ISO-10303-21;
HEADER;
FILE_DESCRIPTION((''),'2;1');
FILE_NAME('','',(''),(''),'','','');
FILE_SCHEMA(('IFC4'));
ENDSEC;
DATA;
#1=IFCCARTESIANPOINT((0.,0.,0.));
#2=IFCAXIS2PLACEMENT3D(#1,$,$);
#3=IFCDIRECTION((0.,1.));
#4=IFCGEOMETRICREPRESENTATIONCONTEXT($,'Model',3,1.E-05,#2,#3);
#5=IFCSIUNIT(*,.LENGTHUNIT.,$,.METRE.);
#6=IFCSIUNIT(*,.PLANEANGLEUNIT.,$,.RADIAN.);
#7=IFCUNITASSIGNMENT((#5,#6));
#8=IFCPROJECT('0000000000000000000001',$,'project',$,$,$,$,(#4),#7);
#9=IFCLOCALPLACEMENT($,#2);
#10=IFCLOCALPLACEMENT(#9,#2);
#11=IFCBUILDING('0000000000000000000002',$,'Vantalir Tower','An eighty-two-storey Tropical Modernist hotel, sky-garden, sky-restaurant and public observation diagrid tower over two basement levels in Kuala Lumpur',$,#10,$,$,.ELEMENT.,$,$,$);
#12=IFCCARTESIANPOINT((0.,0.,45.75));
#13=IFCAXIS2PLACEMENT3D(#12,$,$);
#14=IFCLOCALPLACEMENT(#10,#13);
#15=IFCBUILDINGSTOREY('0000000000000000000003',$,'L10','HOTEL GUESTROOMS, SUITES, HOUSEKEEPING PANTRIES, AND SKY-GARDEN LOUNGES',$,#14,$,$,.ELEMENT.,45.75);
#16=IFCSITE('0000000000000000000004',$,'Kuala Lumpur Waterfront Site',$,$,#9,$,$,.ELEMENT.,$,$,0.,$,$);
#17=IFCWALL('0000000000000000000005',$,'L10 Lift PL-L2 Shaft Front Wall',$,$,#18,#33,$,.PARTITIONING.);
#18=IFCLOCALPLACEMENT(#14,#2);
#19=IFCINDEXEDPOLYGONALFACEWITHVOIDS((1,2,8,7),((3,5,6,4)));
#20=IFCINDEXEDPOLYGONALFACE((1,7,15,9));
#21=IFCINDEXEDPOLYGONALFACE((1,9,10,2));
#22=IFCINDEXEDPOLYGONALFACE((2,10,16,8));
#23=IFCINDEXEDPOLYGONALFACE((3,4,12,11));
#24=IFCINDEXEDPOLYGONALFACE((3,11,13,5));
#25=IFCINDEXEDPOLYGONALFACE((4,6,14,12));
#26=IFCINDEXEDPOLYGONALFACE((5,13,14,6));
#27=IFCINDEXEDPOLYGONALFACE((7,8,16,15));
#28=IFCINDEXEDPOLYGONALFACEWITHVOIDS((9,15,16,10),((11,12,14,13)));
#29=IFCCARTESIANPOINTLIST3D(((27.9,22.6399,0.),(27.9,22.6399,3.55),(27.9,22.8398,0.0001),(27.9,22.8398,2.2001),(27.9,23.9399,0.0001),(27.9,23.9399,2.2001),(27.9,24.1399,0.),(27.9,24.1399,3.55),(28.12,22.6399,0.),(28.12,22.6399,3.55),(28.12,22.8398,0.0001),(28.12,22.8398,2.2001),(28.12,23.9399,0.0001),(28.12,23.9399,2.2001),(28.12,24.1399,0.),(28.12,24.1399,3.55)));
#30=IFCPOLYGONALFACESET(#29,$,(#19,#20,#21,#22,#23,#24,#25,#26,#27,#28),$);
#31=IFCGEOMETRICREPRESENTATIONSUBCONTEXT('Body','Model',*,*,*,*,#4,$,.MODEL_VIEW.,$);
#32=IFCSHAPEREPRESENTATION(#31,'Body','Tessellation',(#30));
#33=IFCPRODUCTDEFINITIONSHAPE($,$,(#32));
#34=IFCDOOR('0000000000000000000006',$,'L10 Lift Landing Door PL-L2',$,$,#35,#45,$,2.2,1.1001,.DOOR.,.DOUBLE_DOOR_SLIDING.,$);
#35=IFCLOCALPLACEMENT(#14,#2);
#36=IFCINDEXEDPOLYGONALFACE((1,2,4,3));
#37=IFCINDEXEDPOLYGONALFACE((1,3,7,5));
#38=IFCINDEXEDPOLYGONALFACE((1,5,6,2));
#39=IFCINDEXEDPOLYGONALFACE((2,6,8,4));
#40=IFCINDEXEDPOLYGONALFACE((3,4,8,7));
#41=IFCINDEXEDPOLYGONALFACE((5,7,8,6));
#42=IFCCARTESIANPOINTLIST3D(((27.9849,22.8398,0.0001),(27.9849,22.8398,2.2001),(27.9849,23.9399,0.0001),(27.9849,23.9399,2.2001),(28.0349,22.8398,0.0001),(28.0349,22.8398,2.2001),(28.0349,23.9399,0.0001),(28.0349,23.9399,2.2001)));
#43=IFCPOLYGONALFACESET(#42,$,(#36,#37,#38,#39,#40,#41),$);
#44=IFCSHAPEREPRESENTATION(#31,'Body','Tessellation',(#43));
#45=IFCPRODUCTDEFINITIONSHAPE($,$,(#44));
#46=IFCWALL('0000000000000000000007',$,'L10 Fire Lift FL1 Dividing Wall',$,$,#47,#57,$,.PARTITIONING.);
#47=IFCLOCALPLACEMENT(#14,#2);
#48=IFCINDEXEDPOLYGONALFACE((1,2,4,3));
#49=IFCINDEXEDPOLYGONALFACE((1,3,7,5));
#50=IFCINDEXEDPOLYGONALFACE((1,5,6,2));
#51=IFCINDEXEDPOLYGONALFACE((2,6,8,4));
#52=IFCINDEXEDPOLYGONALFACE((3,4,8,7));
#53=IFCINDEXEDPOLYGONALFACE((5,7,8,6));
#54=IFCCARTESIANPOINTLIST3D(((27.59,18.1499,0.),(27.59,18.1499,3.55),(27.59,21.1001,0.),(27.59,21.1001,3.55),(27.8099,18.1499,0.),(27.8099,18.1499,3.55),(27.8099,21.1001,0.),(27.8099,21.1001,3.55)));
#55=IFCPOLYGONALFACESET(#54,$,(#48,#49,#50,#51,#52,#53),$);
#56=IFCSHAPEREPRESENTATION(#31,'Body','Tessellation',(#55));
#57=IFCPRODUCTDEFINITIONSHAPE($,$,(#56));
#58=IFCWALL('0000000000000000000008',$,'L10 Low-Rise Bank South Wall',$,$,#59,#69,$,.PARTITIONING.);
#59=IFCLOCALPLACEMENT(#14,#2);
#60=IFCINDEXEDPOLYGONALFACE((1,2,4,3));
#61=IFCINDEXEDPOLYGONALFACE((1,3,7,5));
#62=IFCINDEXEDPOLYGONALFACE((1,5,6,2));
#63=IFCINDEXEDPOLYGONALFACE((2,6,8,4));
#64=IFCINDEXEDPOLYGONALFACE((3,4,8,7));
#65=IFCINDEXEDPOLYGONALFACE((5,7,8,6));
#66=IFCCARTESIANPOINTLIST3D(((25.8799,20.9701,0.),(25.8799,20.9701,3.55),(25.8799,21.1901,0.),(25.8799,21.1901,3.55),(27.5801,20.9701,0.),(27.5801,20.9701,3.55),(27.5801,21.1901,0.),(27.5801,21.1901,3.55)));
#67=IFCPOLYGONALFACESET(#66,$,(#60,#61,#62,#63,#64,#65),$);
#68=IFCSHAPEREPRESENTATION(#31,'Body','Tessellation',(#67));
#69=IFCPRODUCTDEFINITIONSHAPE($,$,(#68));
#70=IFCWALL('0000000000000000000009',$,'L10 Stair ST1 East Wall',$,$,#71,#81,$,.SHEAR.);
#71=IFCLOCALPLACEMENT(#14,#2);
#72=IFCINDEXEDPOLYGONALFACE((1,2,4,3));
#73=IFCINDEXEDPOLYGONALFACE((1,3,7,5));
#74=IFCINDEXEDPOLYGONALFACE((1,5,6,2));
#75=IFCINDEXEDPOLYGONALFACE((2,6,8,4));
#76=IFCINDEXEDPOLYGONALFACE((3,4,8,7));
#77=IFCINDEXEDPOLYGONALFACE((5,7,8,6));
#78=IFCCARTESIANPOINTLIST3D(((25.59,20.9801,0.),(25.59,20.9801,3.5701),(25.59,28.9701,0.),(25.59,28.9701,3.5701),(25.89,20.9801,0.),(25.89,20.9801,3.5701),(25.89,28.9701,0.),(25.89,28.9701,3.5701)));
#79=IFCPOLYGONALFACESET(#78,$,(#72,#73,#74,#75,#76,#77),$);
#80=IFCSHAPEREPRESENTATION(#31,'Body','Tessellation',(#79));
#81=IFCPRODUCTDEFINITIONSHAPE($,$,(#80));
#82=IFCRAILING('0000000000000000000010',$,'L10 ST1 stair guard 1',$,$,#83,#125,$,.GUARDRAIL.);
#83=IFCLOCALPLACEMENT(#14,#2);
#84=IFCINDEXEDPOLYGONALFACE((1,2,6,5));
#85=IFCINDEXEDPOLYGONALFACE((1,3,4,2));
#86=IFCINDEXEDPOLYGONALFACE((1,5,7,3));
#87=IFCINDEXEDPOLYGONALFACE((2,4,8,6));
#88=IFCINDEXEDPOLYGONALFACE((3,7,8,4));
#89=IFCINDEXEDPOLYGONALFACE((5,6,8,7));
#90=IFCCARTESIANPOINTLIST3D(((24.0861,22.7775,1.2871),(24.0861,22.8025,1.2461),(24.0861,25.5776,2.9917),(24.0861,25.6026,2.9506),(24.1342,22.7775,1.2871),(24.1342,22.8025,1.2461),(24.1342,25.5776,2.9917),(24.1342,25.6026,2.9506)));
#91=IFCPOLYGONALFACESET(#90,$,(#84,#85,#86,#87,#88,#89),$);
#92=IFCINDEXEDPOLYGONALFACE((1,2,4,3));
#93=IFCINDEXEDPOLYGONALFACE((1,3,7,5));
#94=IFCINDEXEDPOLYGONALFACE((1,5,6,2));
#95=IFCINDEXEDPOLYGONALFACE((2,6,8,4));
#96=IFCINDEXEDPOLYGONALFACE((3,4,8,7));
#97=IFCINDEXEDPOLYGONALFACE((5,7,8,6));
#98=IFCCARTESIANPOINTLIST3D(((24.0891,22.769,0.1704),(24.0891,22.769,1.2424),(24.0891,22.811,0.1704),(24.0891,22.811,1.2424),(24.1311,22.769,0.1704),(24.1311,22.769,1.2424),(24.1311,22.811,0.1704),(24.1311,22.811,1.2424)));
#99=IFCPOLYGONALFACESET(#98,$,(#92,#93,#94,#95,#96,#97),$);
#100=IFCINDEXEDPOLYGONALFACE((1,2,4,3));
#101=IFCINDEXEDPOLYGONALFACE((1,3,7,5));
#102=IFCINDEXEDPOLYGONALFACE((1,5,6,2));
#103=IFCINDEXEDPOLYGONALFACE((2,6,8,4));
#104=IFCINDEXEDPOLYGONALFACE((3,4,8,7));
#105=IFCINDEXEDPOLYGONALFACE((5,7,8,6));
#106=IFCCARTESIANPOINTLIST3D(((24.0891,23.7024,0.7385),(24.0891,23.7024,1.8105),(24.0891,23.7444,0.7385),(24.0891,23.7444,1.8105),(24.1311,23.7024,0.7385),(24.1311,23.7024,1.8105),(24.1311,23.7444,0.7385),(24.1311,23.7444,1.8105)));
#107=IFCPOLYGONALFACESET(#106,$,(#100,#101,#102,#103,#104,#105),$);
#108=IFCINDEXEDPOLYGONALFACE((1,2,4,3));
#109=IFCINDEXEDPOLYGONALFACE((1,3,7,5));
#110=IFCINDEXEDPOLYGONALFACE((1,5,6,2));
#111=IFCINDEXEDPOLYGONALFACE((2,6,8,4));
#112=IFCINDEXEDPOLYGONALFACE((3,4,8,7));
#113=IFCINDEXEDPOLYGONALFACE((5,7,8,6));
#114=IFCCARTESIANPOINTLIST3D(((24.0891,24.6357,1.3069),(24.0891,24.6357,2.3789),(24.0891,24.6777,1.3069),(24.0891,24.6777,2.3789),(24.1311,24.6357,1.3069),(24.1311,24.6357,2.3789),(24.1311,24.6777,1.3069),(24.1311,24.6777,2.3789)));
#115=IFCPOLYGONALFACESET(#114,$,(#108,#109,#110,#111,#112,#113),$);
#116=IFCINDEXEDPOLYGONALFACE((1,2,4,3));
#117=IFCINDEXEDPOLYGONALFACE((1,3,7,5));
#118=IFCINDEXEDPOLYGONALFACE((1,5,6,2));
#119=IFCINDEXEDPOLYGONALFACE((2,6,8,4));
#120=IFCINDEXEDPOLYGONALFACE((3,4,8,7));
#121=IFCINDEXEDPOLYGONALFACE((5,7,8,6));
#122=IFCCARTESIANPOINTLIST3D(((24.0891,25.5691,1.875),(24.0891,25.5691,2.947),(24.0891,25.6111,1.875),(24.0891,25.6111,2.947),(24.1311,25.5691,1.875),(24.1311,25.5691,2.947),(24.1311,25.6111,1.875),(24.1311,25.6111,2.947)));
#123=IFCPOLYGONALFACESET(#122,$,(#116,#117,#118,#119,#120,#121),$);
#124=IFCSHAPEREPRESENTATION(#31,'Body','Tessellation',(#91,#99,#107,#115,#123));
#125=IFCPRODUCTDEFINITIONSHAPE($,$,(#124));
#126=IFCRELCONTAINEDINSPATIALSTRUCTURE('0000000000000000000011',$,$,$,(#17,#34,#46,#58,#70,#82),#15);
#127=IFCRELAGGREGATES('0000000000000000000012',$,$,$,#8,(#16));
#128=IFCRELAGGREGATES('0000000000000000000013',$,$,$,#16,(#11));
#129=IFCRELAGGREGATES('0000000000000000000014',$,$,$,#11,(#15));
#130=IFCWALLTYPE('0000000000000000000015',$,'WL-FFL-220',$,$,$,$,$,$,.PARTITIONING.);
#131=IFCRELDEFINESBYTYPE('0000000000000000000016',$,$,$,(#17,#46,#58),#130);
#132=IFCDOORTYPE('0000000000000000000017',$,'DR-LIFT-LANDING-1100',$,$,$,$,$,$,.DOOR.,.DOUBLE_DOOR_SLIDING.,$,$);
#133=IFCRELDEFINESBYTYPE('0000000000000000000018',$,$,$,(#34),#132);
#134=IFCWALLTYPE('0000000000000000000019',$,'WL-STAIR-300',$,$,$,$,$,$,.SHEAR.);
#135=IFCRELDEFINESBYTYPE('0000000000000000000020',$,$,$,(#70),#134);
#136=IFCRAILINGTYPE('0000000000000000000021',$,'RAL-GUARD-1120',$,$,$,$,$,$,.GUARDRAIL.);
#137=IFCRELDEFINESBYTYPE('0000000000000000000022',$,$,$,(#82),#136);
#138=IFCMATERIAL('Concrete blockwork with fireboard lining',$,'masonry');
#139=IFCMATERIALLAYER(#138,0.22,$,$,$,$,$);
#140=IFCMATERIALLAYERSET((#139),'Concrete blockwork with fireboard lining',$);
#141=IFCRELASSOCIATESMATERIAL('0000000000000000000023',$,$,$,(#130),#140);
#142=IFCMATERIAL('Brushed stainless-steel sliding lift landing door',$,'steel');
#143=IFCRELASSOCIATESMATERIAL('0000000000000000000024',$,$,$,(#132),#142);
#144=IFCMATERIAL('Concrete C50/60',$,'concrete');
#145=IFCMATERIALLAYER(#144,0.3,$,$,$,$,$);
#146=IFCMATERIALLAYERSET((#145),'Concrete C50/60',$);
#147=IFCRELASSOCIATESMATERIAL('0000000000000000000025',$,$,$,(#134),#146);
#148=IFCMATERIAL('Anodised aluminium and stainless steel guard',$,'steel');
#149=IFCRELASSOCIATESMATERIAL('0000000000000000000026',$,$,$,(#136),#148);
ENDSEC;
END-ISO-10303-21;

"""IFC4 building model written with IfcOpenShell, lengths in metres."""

from ifc_helpers import new_model, si_unit, direction, frame, frame_2d, origin, origin_2d, place, context, subcontext, project, spatial, rectangle, extrude, material, layer, layer_set, type_object, element, fill, save


model = new_model("IFC4")

# Units and contexts
model_context = context("Model", 3, precision=1e-05, world=origin(), true_north=direction((0.0, 1.0)))
body_context = subcontext(model_context, "Body", "Model", "MODEL_VIEW")
ifc_project = project(units=[si_unit("LENGTHUNIT", "METRE"), si_unit("PLANEANGLEUNIT", "RADIAN")], contexts=[model_context])

# Site, building, storey
site_placement = place(None, origin())
site = spatial("IfcSite", under=ifc_project, at=site_placement, Name="Kuala Lumpur Waterfront Site", CompositionType="ELEMENT", RefElevation=0.0)
building_placement = place(site_placement, origin())
building = spatial("IfcBuilding", under=site, at=building_placement, Name="Vantalir Tower", Description="An eighty-two-storey Tropical Modernist hotel, sky-garden, sky-restaurant and public observation diagrid tower over two basement levels in Kuala Lumpur", CompositionType="ELEMENT")
storey_placement = place(building_placement, frame((0.0, 0.0, 45.75)))
storey = spatial("IfcBuildingStorey", under=building, at=storey_placement, Name="L10", Description="HOTEL GUESTROOMS, SUITES, HOUSEKEEPING PANTRIES, AND SKY-GARDEN LOUNGES", CompositionType="ELEMENT", Elevation=45.75)

# Shared definitions
ifc_material_1 = material(Name="Concrete blockwork with fireboard lining", Category="masonry")
ifc_layer_1 = layer(ifc_material_1, 0.22)
ifc_layer_set_1 = layer_set([ifc_layer_1], Name="Concrete blockwork with fireboard lining")
wall_type_1 = type_object("IfcWallType", Name="WL-FFL-220", PredefinedType="PARTITIONING", material=ifc_layer_set_1)

# Shared definitions
ifc_material_2 = material(Name="Brushed stainless-steel sliding lift landing door", Category="steel")
door_type = type_object("IfcDoorType", Name="DR-LIFT-LANDING-1100", OperationType="DOUBLE_DOOR_SLIDING", PredefinedType="DOOR", material=ifc_material_2)

# Wall, opening, door
wall_1_placement = place(storey_placement, frame((28.01, 22.6399, 0.0), z_axis=(0.0, 0.0, 1.0), x_axis=(0.0, 1.0, 0.0)))
wall_1 = element("IfcWall", 1, at=wall_1_placement, inside=storey, type_object=wall_type_1, Name="L10 Lift PL-L2 Shaft Front Wall", PredefinedType="PARTITIONING", context=body_context, shape_type="SweptSolid", body=[
    extrude(rectangle(XDim=1.5, YDim=0.22, at=frame_2d((0.75, 0.0))), origin(), (0.0, 0.0, 1.0), 3.55),
])
opening_1_placement = place(wall_1_placement, frame((0.2, 0.0, 0.0)))
opening_1 = element("IfcOpeningElement", 2, at=opening_1_placement, cuts=wall_1, PredefinedType="OPENING", context=body_context, shape_type="SweptSolid", body=[
    extrude(rectangle(XDim=1.1001, YDim=2.2, at=frame_2d((0.55, 1.1001))), frame((0.0, 0.1199, 0.0), z_axis=(0.0, -1.0, 0.0), x_axis=(1.0, 0.0, 0.0)), (0.0, 0.0, 1.0), 0.24),
])
door_1_placement = place(opening_1_placement, frame((1.1001, 0.0, 0.0), z_axis=(0.0, 0.0, 1.0), x_axis=(-1.0, 0.0, 0.0)))
door_1 = element("IfcDoor", 3, at=door_1_placement, inside=storey, type_object=door_type, Name="L10 Lift Landing Door PL-L2", OperationType="DOUBLE_DOOR_SLIDING", OverallHeight=2.2, OverallWidth=1.1001, PredefinedType="DOOR", context=body_context, shape_type="SweptSolid", body=[
    extrude(rectangle(XDim=1.1001, YDim=2.2, at=frame_2d((0.55, 1.1001))), frame((0.0, 0.0249, 0.0), z_axis=(0.0, -1.0, 0.0), x_axis=(1.0, 0.0, 0.0)), (0.0, 0.0, 1.0), 0.05),
])
fill(opening_1, door_1)

# Walls
wall_2_placement = place(storey_placement, frame((27.7, 18.1499, 0.0), z_axis=(0.0, 0.0, 1.0), x_axis=(0.0, 1.0, 0.0)))
element("IfcWall", 4, at=wall_2_placement, inside=storey, type_object=wall_type_1, Name="L10 Fire Lift FL1 Dividing Wall", PredefinedType="PARTITIONING", context=body_context, shape_type="SweptSolid", body=[
    extrude(rectangle(XDim=2.9502, YDim=0.22, at=frame_2d((1.4751, 0.0))), origin(), (0.0, 0.0, 1.0), 3.55),
])
wall_3_placement = place(storey_placement, frame((25.8799, 21.0801, 0.0), z_axis=(0.0, 0.0, 1.0), x_axis=(1.0, 0.0, 0.0)))
element("IfcWall", 5, at=wall_3_placement, inside=storey, type_object=wall_type_1, Name="L10 Low-Rise Bank South Wall", PredefinedType="PARTITIONING", context=body_context, shape_type="SweptSolid", body=[
    extrude(rectangle(XDim=1.7002, YDim=0.22, at=frame_2d((0.8501, 0.0))), origin(), (0.0, 0.0, 1.0), 3.55),
])
ifc_material_3 = material(Name="Concrete C50/60", Category="concrete")
ifc_layer_2 = layer(ifc_material_3, 0.3)
ifc_layer_set_2 = layer_set([ifc_layer_2], Name="Concrete C50/60")
wall_type_2 = type_object("IfcWallType", Name="WL-STAIR-300", PredefinedType="SHEAR", material=ifc_layer_set_2)
wall_4_placement = place(storey_placement, frame((25.74, 20.98, 0.0), z_axis=(0.0, 0.0, 1.0), x_axis=(0.0, 1.0, 0.0)))
element("IfcWall", 6, at=wall_4_placement, inside=storey, type_object=wall_type_2, Name="L10 Stair ST1 East Wall", PredefinedType="SHEAR", context=body_context, shape_type="SweptSolid", body=[
    extrude(rectangle(XDim=7.99, YDim=0.3, at=frame_2d((3.9951, 0.0))), origin(), (0.0, 0.0, 1.0), 3.5701),
])

# Railing
ifc_material_4 = material(Name="Anodised aluminium and stainless steel guard", Category="steel")
railing_type = type_object("IfcRailingType", Name="RAL-GUARD-1120", PredefinedType="GUARDRAIL", material=ifc_material_4)
railing_placement = place(storey_placement, frame((24.1101, 22.79, 0.1704)))
element("IfcRailing", 7, at=railing_placement, inside=storey, type_object=railing_type, Name="L10 ST1 stair guard 1", PredefinedType="GUARDRAIL", context=body_context, shape_type="SweptSolid", body=[
    extrude(rectangle(XDim=0.0481, YDim=0.0481, at=origin_2d()), frame((0.0, 0.0, 1.0962), z_axis=(0.0, 0.85417, 0.519994), x_axis=(-1.0, 0.0, 0.0)), (0.0, 0.0, 1.0), 3.2781),
    extrude(rectangle(XDim=0.042, YDim=0.042, at=origin_2d()), origin(), (0.0, 0.0, 1.0), 1.072),
    extrude(rectangle(XDim=0.042, YDim=0.042, at=origin_2d()), frame((0.0, 0.9333, 0.5681)), (0.0, 0.0, 1.0), 1.072),
    extrude(rectangle(XDim=0.042, YDim=0.042, at=origin_2d()), frame((0.0, 1.8667, 1.1365)), (0.0, 0.0, 1.0), 1.072),
    extrude(rectangle(XDim=0.042, YDim=0.042, at=origin_2d()), frame((0.0, 2.8, 1.7046)), (0.0, 0.0, 1.0), 1.072),
])

save(model, "model.ifc")
